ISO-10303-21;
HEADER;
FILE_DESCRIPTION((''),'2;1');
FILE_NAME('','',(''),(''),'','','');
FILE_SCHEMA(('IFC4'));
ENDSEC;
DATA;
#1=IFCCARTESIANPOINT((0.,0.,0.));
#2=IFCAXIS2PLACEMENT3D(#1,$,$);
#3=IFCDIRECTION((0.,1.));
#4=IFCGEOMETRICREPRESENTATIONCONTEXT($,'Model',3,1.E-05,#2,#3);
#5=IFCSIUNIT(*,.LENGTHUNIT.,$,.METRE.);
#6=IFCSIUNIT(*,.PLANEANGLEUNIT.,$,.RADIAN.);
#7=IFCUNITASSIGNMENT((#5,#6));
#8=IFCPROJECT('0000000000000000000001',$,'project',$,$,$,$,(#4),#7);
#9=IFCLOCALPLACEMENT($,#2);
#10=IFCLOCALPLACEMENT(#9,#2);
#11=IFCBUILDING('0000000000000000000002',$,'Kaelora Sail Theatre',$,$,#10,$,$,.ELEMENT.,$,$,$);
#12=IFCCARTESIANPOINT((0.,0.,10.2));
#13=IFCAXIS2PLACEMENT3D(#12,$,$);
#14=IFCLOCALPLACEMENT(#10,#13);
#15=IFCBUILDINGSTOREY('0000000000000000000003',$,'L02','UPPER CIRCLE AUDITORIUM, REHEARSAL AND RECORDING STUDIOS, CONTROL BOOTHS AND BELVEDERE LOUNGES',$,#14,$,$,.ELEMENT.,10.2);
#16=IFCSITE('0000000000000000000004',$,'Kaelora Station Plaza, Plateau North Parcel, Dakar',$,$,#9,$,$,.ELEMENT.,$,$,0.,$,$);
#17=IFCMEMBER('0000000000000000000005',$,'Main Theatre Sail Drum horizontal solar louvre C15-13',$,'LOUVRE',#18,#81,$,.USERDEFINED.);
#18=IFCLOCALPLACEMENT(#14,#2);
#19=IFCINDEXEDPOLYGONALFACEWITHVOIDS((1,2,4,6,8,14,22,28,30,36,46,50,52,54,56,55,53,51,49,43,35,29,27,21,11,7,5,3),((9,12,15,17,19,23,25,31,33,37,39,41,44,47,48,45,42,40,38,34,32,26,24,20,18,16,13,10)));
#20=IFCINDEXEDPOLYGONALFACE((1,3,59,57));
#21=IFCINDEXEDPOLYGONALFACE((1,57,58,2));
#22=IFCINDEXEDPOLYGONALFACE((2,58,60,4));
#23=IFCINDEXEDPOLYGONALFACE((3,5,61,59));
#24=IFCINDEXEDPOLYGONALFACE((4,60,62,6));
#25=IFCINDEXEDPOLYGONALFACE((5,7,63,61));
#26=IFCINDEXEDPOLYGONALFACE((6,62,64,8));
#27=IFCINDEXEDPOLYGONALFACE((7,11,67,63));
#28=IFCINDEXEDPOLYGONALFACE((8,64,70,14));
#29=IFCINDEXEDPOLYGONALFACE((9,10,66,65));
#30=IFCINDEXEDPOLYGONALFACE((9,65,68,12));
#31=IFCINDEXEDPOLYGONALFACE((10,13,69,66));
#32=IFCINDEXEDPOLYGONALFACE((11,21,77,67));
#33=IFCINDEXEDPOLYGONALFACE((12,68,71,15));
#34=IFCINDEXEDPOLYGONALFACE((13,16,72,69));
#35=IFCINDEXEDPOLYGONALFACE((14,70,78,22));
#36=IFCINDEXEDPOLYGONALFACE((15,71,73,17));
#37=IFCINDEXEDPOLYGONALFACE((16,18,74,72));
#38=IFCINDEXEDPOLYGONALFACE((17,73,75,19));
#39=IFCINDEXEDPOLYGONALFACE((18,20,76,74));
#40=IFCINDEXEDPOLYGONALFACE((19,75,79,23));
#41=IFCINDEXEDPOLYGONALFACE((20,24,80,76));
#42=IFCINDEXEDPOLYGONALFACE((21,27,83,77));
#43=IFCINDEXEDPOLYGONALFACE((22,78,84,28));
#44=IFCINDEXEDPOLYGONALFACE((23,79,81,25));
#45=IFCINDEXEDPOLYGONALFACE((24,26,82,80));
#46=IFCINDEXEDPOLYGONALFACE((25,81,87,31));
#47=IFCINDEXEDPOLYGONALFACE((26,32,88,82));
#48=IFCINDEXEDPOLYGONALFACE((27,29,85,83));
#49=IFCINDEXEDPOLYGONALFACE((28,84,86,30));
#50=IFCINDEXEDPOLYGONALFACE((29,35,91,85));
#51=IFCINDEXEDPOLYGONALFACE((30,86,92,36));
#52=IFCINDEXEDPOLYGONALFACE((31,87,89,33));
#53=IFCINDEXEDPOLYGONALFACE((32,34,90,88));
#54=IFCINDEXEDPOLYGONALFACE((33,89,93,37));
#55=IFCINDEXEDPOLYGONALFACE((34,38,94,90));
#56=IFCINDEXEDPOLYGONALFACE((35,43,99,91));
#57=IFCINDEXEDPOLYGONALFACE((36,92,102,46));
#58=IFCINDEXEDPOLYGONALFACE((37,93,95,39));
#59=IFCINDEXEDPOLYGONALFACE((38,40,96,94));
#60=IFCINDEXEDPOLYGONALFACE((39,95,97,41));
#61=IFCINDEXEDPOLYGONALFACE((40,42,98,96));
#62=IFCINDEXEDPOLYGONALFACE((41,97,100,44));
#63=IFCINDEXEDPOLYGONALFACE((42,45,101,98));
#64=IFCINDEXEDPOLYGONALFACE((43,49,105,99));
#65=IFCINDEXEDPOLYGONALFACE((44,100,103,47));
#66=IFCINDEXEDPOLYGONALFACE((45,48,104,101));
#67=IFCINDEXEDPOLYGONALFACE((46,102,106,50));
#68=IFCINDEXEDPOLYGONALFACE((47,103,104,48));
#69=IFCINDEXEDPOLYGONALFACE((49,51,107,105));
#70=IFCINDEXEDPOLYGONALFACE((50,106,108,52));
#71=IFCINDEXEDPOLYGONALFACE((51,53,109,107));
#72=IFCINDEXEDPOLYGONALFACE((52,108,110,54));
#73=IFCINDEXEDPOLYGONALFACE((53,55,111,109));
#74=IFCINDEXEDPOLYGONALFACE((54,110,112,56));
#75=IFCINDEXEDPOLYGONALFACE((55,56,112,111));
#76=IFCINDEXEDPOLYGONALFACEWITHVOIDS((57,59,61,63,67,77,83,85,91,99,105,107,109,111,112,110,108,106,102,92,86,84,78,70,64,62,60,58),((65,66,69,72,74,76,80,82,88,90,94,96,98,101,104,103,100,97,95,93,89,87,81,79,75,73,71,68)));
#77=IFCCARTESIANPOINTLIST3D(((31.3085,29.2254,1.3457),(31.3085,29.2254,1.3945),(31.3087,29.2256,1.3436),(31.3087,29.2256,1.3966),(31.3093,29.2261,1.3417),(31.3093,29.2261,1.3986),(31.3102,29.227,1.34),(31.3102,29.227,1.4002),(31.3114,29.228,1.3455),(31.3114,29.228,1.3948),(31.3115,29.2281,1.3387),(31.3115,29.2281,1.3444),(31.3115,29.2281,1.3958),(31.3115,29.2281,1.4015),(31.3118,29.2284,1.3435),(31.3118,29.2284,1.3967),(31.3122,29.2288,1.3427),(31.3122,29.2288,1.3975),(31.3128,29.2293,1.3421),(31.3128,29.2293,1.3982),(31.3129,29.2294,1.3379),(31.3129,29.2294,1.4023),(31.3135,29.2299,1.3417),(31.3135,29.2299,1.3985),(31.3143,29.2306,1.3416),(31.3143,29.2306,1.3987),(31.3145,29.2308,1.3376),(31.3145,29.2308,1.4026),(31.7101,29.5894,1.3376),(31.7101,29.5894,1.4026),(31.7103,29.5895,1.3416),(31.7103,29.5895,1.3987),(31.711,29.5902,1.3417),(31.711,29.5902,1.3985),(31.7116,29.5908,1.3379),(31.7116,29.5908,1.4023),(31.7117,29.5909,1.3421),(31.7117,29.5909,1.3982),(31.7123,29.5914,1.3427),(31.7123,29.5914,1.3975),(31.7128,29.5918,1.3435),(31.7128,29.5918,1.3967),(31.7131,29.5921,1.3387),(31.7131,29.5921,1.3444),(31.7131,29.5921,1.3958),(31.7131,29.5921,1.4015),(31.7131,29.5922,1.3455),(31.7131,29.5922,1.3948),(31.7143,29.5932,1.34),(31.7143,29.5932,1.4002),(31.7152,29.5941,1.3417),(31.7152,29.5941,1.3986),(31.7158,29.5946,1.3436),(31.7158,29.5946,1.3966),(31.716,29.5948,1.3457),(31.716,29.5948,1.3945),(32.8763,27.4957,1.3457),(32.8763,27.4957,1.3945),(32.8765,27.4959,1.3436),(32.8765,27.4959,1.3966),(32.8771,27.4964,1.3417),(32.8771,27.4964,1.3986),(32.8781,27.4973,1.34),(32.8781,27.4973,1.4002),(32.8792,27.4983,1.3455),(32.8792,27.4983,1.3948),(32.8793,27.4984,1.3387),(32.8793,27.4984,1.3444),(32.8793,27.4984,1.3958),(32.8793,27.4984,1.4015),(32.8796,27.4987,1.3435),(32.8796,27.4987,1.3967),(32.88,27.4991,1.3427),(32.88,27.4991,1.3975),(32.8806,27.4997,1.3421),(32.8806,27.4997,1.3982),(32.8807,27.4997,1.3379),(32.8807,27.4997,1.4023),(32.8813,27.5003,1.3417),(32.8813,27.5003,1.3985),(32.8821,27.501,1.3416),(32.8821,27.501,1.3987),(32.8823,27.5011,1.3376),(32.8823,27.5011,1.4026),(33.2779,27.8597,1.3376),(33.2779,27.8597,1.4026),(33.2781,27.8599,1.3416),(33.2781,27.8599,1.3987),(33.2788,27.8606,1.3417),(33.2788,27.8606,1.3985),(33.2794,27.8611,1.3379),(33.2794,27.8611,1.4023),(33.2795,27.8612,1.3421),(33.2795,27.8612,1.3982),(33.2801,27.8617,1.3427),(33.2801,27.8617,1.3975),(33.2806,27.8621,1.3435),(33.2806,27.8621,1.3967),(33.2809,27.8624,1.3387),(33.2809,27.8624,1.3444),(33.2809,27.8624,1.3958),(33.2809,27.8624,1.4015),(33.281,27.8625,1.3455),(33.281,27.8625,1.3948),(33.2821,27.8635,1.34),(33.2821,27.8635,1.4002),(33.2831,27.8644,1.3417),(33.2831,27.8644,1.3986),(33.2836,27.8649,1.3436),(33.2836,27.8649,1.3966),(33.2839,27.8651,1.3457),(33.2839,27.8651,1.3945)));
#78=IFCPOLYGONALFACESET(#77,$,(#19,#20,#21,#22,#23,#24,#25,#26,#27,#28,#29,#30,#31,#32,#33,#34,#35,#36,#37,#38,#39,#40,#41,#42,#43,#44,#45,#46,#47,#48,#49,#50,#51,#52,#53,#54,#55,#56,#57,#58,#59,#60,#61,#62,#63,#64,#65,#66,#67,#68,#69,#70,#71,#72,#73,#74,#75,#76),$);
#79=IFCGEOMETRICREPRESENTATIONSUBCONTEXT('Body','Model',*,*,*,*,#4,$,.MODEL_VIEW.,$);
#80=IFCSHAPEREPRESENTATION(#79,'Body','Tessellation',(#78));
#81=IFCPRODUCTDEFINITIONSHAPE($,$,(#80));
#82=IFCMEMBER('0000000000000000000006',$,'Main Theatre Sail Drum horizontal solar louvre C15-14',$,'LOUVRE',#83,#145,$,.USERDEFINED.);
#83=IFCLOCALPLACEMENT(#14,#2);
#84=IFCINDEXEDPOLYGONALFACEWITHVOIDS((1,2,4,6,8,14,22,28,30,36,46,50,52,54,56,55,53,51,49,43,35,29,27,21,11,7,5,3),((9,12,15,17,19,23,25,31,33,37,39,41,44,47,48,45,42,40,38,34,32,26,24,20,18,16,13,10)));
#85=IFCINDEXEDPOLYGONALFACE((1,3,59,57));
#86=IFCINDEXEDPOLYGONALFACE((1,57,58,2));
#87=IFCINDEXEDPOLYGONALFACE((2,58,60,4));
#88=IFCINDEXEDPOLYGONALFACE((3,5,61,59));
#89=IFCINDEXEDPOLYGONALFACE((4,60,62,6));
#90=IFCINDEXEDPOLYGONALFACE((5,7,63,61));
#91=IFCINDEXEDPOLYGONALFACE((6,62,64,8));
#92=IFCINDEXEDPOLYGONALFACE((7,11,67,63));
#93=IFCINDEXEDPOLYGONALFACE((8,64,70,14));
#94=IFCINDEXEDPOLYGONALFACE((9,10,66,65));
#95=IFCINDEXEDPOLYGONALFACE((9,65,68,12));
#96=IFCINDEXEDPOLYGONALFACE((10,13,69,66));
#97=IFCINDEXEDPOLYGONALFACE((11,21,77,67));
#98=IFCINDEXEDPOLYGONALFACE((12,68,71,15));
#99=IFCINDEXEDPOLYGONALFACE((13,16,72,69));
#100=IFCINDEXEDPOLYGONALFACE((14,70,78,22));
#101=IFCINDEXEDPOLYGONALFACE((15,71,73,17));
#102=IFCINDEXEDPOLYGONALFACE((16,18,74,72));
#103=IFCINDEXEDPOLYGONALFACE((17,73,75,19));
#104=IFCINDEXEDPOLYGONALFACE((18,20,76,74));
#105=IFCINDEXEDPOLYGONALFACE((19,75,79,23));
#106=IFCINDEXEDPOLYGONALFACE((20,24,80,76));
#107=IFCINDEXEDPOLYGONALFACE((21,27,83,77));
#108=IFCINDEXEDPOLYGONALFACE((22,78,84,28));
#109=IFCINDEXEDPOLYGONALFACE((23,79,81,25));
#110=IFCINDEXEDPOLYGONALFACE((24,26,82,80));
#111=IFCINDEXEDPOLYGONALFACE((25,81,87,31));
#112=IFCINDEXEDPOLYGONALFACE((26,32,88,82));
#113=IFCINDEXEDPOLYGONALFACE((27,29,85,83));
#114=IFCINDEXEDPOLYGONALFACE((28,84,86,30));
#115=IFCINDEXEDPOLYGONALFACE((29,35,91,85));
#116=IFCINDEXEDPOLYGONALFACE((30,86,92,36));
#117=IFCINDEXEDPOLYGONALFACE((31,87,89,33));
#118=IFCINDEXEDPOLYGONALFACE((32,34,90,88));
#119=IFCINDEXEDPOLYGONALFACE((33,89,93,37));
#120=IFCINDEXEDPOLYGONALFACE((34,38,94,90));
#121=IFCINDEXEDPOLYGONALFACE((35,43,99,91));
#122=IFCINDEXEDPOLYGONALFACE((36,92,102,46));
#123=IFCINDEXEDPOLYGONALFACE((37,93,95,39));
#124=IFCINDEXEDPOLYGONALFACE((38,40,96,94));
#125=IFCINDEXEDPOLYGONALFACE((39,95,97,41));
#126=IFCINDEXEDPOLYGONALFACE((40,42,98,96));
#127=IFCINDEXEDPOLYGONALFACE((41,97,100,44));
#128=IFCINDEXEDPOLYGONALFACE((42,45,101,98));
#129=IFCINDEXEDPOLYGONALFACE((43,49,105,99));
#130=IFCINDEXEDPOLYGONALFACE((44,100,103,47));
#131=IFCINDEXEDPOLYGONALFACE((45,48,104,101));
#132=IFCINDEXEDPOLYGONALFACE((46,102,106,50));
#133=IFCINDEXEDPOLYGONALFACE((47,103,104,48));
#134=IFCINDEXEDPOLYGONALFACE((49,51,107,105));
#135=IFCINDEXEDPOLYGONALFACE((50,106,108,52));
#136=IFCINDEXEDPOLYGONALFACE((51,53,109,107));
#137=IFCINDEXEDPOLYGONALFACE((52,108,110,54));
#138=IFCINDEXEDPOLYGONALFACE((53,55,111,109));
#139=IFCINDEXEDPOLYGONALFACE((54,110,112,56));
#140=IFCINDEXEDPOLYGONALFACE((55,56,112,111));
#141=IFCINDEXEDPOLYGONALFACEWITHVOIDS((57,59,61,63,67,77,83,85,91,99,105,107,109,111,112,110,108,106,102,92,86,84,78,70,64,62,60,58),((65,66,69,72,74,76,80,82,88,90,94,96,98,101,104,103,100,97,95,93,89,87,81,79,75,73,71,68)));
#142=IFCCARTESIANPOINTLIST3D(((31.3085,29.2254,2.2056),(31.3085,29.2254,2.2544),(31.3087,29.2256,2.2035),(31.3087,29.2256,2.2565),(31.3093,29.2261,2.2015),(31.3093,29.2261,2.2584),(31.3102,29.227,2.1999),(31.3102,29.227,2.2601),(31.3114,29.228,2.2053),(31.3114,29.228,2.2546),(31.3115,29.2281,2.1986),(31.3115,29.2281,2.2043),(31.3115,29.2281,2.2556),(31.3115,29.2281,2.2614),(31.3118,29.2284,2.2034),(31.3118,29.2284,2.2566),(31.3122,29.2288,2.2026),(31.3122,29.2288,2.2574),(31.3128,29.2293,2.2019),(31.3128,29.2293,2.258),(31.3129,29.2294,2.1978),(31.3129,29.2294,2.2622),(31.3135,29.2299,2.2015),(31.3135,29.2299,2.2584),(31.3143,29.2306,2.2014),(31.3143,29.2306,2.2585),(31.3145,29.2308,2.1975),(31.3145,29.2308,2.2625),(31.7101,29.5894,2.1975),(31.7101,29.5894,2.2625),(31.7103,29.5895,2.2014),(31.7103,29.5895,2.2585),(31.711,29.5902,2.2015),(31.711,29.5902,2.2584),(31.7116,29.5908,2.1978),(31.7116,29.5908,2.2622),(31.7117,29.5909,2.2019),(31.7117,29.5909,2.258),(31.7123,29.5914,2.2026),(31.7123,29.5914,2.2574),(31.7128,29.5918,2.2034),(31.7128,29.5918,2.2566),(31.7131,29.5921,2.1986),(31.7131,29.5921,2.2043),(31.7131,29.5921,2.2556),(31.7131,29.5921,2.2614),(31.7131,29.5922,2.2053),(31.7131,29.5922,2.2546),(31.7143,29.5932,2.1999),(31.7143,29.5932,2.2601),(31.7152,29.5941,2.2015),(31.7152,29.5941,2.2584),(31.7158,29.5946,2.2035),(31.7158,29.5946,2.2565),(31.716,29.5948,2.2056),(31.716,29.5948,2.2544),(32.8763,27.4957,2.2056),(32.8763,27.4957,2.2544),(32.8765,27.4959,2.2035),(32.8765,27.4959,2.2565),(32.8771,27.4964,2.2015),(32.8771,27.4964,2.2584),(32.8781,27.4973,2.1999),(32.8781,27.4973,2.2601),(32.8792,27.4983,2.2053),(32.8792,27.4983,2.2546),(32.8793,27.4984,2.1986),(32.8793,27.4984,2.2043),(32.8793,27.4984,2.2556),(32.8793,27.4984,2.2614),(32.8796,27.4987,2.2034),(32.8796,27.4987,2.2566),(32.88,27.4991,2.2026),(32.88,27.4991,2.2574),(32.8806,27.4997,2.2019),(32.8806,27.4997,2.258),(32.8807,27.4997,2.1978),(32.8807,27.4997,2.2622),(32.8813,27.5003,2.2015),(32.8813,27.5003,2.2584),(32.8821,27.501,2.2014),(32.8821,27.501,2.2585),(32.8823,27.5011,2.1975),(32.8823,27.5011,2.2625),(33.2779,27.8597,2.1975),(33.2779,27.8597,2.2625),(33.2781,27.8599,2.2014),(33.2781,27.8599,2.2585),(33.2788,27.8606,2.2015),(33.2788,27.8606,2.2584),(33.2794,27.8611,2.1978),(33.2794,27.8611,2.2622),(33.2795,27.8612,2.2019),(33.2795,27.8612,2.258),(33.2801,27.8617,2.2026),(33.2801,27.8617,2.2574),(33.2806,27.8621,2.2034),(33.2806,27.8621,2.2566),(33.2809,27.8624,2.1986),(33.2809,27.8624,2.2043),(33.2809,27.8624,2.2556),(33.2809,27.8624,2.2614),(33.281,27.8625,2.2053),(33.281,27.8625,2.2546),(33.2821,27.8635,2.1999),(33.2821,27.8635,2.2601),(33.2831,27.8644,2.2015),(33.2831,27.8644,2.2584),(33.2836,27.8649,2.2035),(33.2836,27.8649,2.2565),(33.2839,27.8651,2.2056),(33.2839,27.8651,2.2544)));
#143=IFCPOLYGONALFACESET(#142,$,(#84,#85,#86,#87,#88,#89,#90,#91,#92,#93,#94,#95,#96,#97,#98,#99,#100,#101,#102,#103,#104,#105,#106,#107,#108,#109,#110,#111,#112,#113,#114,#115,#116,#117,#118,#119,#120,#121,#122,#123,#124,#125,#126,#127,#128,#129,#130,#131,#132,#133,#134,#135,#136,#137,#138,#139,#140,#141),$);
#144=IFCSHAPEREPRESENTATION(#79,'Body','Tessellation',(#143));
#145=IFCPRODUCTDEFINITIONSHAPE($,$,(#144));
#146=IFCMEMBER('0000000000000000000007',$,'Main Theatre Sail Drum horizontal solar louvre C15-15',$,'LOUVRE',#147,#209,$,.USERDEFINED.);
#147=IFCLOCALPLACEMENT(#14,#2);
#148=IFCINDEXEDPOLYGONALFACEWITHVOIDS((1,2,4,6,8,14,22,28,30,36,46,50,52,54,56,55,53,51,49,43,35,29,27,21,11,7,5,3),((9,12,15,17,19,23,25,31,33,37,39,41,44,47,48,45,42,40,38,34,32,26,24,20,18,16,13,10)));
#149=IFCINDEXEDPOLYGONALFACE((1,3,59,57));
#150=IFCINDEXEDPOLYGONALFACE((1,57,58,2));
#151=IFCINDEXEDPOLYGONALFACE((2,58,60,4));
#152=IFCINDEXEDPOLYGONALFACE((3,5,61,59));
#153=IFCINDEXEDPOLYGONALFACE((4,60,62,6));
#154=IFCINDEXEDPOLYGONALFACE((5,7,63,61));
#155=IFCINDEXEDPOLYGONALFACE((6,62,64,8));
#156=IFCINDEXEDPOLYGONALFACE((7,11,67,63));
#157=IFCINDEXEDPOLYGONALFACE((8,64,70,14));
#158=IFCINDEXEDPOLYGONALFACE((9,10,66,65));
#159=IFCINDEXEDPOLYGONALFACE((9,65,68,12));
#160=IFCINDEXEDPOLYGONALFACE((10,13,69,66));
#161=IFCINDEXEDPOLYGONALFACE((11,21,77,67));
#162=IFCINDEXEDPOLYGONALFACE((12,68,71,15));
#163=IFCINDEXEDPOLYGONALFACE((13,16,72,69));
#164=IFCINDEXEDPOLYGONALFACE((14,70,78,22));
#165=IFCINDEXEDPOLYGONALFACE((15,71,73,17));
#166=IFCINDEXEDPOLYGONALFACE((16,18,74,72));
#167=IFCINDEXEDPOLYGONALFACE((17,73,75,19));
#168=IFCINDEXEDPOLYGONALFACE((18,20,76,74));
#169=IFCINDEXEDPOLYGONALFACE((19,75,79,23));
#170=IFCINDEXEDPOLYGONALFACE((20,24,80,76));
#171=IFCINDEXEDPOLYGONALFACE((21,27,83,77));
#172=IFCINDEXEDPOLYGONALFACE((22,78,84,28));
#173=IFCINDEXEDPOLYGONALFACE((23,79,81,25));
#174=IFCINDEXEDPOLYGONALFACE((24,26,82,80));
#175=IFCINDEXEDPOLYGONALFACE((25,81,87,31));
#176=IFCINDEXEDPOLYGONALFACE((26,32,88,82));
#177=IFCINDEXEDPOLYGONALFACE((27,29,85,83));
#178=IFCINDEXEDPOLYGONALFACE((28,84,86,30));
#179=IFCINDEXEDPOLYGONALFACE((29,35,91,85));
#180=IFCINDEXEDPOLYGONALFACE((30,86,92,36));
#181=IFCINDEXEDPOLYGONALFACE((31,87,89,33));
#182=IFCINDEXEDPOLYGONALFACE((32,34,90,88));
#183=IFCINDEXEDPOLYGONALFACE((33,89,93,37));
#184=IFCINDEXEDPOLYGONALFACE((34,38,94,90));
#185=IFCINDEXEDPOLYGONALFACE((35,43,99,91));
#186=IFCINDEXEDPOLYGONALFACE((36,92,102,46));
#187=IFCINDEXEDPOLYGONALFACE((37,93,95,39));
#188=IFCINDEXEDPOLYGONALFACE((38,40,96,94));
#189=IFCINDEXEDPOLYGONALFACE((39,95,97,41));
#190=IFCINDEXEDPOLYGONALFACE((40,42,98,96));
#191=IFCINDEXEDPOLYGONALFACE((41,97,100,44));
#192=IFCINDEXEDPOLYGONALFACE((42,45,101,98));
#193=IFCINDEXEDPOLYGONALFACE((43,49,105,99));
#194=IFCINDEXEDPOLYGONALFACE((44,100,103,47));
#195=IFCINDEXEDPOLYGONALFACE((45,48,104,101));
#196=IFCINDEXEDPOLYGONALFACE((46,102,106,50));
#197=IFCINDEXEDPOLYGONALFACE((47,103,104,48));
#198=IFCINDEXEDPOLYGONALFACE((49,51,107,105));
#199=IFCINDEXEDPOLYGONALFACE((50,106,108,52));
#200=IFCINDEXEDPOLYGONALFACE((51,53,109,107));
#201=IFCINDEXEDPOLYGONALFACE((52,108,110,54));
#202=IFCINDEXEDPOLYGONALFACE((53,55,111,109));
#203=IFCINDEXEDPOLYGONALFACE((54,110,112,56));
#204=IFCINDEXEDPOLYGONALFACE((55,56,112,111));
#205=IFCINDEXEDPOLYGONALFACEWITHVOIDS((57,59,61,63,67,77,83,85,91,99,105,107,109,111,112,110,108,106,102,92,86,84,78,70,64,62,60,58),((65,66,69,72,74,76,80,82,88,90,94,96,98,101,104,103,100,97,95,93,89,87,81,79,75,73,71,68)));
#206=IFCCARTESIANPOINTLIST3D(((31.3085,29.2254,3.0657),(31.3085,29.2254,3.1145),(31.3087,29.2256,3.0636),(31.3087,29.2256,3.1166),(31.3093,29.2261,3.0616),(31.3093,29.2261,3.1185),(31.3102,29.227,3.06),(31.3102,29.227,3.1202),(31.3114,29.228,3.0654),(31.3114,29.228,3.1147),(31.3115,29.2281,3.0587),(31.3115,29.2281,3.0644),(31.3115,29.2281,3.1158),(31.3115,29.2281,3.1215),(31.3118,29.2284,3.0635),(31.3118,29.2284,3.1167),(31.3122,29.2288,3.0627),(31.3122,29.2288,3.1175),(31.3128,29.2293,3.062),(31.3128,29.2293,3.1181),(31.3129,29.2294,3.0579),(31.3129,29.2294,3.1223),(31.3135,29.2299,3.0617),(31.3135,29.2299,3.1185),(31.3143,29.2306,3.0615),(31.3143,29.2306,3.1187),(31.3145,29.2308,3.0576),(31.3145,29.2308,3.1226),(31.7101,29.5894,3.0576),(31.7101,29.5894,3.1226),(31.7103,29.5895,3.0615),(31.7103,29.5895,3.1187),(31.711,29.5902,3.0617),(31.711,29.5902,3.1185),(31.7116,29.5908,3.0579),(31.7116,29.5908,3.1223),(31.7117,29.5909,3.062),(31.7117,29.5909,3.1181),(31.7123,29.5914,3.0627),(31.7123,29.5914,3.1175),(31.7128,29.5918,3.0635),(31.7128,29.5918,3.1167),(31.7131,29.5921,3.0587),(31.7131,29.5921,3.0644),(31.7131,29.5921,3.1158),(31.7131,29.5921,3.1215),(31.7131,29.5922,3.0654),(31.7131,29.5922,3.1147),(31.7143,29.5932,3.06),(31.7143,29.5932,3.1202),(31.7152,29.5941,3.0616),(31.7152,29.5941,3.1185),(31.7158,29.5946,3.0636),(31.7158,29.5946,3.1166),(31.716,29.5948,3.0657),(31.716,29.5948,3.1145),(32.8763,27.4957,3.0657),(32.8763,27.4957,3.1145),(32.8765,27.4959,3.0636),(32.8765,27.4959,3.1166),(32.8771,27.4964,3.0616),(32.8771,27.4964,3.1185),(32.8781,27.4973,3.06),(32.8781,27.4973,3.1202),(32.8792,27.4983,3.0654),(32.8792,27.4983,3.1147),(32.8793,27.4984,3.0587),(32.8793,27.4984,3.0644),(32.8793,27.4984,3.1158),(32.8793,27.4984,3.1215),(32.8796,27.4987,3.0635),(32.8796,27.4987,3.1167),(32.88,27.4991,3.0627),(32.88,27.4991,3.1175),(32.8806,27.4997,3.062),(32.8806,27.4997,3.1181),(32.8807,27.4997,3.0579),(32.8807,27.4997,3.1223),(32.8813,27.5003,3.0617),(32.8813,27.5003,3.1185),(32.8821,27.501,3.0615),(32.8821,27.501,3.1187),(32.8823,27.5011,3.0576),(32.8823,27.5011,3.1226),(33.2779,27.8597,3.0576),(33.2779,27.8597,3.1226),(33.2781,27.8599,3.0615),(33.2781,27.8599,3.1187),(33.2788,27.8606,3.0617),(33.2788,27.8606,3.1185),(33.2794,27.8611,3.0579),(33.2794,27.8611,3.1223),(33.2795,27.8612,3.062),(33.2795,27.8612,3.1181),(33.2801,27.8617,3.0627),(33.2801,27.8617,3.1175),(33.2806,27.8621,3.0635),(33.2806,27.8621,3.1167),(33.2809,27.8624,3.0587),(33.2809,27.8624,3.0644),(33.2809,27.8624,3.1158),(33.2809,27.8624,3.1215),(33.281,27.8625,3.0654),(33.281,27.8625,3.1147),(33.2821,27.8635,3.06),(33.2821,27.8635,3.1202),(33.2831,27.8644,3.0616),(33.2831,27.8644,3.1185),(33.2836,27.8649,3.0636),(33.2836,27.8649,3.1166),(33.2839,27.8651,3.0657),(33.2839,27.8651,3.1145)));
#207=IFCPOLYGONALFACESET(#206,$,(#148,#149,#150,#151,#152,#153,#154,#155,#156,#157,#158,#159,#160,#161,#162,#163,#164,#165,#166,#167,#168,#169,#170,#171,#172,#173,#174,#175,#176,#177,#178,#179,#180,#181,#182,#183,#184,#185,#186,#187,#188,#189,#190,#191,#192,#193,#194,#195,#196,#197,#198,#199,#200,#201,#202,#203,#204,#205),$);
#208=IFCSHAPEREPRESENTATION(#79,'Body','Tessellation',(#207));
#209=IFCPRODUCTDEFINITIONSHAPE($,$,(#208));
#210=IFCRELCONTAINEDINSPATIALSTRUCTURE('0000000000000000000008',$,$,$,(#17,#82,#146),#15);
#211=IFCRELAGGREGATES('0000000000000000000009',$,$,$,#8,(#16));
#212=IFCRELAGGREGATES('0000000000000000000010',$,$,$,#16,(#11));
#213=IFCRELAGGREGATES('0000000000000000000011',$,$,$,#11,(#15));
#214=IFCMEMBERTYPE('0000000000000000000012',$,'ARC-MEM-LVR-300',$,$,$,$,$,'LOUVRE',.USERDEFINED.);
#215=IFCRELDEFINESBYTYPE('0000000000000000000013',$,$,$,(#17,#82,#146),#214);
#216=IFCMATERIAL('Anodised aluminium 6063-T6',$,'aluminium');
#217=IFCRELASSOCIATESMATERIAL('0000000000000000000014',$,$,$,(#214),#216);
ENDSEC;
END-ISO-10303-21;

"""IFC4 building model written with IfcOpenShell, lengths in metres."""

from ifc_helpers import new_model, si_unit, direction, frame, origin, origin_2d, place, context, subcontext, project, spatial, hollow_rectangle, extrude, material, material_profile, profile_set, type_object, element, save


model = new_model("IFC4")

# Units and contexts
model_context = context("Model", 3, precision=1e-05, world=origin(), true_north=direction((0.0, 1.0)))
body_context = subcontext(model_context, "Body", "Model", "MODEL_VIEW")
ifc_project = project(units=[si_unit("LENGTHUNIT", "METRE"), si_unit("PLANEANGLEUNIT", "RADIAN")], contexts=[model_context])

# Site, building, storey
site_placement = place(None, origin())
site = spatial("IfcSite", under=ifc_project, at=site_placement, Name="Kaelora Station Plaza, Plateau North Parcel, Dakar", CompositionType="ELEMENT", RefElevation=0.0)
building_placement = place(site_placement, origin())
building = spatial("IfcBuilding", under=site, at=building_placement, Name="Kaelora Sail Theatre", CompositionType="ELEMENT")
storey_placement = place(building_placement, frame((0.0, 0.0, 10.2)))
storey = spatial("IfcBuildingStorey", under=building, at=storey_placement, Name="L02", Description="UPPER CIRCLE AUDITORIUM, REHEARSAL AND RECORDING STUDIOS, CONTROL BOOTHS AND BELVEDERE LOUNGES", CompositionType="ELEMENT", Elevation=10.2)

# Members
ifc_material_1 = material(Name="Anodised aluminium 6063-T6", Category="aluminium")
ifc_material_profile_1 = material_profile(ifc_material_1, hollow_rectangle(XDim=0.55, YDim=0.0649, WallThickness=0.0039, InnerFilletRadius=0.0039, OuterFilletRadius=0.0081, at=origin_2d()), Name="LOUVRE 550x65x4")
ifc_profile_set_1 = profile_set([ifc_material_profile_1], Name="Anodised aluminium 6063-T6")
member_type = type_object("IfcMemberType", Name="ARC-MEM-LVR-300", ElementType="LOUVRE", PredefinedType="USERDEFINED", material=ifc_profile_set_1)
for number, where, z_axis, x_axis, name in (
    (1, (33.0801, 27.6804, 1.3701), (-0.671589, 0.740924, 0.0), (-0.740924, -0.671589, 0.0), "Main Theatre Sail Drum horizontal solar louvre C15-13"),
    (2, (33.0801, 27.6804, 2.23), (-0.671589, 0.740924, 0.0), (-0.740924, -0.671589, 0.0), "Main Theatre Sail Drum horizontal solar louvre C15-14"),
    (3, (33.0801, 27.6804, 3.0901), (-0.671589, 0.740924, 0.0), (-0.740924, -0.671589, 0.0), "Main Theatre Sail Drum horizontal solar louvre C15-15"),
):
    element("IfcMember", number, at=place(storey_placement, frame(where, z_axis=z_axis, x_axis=x_axis)), inside=storey, type_object=member_type, Name=name, ObjectType="LOUVRE", PredefinedType="USERDEFINED", context=body_context, shape_type="SweptSolid", body=[
        extrude(hollow_rectangle(XDim=0.55, YDim=0.0649, WallThickness=0.0039, InnerFilletRadius=0.0039, OuterFilletRadius=0.0081, at=origin_2d()), origin(), (0.0, 0.0, 1.0), 2.3345),
    ])

save(model, "model.ifc")
